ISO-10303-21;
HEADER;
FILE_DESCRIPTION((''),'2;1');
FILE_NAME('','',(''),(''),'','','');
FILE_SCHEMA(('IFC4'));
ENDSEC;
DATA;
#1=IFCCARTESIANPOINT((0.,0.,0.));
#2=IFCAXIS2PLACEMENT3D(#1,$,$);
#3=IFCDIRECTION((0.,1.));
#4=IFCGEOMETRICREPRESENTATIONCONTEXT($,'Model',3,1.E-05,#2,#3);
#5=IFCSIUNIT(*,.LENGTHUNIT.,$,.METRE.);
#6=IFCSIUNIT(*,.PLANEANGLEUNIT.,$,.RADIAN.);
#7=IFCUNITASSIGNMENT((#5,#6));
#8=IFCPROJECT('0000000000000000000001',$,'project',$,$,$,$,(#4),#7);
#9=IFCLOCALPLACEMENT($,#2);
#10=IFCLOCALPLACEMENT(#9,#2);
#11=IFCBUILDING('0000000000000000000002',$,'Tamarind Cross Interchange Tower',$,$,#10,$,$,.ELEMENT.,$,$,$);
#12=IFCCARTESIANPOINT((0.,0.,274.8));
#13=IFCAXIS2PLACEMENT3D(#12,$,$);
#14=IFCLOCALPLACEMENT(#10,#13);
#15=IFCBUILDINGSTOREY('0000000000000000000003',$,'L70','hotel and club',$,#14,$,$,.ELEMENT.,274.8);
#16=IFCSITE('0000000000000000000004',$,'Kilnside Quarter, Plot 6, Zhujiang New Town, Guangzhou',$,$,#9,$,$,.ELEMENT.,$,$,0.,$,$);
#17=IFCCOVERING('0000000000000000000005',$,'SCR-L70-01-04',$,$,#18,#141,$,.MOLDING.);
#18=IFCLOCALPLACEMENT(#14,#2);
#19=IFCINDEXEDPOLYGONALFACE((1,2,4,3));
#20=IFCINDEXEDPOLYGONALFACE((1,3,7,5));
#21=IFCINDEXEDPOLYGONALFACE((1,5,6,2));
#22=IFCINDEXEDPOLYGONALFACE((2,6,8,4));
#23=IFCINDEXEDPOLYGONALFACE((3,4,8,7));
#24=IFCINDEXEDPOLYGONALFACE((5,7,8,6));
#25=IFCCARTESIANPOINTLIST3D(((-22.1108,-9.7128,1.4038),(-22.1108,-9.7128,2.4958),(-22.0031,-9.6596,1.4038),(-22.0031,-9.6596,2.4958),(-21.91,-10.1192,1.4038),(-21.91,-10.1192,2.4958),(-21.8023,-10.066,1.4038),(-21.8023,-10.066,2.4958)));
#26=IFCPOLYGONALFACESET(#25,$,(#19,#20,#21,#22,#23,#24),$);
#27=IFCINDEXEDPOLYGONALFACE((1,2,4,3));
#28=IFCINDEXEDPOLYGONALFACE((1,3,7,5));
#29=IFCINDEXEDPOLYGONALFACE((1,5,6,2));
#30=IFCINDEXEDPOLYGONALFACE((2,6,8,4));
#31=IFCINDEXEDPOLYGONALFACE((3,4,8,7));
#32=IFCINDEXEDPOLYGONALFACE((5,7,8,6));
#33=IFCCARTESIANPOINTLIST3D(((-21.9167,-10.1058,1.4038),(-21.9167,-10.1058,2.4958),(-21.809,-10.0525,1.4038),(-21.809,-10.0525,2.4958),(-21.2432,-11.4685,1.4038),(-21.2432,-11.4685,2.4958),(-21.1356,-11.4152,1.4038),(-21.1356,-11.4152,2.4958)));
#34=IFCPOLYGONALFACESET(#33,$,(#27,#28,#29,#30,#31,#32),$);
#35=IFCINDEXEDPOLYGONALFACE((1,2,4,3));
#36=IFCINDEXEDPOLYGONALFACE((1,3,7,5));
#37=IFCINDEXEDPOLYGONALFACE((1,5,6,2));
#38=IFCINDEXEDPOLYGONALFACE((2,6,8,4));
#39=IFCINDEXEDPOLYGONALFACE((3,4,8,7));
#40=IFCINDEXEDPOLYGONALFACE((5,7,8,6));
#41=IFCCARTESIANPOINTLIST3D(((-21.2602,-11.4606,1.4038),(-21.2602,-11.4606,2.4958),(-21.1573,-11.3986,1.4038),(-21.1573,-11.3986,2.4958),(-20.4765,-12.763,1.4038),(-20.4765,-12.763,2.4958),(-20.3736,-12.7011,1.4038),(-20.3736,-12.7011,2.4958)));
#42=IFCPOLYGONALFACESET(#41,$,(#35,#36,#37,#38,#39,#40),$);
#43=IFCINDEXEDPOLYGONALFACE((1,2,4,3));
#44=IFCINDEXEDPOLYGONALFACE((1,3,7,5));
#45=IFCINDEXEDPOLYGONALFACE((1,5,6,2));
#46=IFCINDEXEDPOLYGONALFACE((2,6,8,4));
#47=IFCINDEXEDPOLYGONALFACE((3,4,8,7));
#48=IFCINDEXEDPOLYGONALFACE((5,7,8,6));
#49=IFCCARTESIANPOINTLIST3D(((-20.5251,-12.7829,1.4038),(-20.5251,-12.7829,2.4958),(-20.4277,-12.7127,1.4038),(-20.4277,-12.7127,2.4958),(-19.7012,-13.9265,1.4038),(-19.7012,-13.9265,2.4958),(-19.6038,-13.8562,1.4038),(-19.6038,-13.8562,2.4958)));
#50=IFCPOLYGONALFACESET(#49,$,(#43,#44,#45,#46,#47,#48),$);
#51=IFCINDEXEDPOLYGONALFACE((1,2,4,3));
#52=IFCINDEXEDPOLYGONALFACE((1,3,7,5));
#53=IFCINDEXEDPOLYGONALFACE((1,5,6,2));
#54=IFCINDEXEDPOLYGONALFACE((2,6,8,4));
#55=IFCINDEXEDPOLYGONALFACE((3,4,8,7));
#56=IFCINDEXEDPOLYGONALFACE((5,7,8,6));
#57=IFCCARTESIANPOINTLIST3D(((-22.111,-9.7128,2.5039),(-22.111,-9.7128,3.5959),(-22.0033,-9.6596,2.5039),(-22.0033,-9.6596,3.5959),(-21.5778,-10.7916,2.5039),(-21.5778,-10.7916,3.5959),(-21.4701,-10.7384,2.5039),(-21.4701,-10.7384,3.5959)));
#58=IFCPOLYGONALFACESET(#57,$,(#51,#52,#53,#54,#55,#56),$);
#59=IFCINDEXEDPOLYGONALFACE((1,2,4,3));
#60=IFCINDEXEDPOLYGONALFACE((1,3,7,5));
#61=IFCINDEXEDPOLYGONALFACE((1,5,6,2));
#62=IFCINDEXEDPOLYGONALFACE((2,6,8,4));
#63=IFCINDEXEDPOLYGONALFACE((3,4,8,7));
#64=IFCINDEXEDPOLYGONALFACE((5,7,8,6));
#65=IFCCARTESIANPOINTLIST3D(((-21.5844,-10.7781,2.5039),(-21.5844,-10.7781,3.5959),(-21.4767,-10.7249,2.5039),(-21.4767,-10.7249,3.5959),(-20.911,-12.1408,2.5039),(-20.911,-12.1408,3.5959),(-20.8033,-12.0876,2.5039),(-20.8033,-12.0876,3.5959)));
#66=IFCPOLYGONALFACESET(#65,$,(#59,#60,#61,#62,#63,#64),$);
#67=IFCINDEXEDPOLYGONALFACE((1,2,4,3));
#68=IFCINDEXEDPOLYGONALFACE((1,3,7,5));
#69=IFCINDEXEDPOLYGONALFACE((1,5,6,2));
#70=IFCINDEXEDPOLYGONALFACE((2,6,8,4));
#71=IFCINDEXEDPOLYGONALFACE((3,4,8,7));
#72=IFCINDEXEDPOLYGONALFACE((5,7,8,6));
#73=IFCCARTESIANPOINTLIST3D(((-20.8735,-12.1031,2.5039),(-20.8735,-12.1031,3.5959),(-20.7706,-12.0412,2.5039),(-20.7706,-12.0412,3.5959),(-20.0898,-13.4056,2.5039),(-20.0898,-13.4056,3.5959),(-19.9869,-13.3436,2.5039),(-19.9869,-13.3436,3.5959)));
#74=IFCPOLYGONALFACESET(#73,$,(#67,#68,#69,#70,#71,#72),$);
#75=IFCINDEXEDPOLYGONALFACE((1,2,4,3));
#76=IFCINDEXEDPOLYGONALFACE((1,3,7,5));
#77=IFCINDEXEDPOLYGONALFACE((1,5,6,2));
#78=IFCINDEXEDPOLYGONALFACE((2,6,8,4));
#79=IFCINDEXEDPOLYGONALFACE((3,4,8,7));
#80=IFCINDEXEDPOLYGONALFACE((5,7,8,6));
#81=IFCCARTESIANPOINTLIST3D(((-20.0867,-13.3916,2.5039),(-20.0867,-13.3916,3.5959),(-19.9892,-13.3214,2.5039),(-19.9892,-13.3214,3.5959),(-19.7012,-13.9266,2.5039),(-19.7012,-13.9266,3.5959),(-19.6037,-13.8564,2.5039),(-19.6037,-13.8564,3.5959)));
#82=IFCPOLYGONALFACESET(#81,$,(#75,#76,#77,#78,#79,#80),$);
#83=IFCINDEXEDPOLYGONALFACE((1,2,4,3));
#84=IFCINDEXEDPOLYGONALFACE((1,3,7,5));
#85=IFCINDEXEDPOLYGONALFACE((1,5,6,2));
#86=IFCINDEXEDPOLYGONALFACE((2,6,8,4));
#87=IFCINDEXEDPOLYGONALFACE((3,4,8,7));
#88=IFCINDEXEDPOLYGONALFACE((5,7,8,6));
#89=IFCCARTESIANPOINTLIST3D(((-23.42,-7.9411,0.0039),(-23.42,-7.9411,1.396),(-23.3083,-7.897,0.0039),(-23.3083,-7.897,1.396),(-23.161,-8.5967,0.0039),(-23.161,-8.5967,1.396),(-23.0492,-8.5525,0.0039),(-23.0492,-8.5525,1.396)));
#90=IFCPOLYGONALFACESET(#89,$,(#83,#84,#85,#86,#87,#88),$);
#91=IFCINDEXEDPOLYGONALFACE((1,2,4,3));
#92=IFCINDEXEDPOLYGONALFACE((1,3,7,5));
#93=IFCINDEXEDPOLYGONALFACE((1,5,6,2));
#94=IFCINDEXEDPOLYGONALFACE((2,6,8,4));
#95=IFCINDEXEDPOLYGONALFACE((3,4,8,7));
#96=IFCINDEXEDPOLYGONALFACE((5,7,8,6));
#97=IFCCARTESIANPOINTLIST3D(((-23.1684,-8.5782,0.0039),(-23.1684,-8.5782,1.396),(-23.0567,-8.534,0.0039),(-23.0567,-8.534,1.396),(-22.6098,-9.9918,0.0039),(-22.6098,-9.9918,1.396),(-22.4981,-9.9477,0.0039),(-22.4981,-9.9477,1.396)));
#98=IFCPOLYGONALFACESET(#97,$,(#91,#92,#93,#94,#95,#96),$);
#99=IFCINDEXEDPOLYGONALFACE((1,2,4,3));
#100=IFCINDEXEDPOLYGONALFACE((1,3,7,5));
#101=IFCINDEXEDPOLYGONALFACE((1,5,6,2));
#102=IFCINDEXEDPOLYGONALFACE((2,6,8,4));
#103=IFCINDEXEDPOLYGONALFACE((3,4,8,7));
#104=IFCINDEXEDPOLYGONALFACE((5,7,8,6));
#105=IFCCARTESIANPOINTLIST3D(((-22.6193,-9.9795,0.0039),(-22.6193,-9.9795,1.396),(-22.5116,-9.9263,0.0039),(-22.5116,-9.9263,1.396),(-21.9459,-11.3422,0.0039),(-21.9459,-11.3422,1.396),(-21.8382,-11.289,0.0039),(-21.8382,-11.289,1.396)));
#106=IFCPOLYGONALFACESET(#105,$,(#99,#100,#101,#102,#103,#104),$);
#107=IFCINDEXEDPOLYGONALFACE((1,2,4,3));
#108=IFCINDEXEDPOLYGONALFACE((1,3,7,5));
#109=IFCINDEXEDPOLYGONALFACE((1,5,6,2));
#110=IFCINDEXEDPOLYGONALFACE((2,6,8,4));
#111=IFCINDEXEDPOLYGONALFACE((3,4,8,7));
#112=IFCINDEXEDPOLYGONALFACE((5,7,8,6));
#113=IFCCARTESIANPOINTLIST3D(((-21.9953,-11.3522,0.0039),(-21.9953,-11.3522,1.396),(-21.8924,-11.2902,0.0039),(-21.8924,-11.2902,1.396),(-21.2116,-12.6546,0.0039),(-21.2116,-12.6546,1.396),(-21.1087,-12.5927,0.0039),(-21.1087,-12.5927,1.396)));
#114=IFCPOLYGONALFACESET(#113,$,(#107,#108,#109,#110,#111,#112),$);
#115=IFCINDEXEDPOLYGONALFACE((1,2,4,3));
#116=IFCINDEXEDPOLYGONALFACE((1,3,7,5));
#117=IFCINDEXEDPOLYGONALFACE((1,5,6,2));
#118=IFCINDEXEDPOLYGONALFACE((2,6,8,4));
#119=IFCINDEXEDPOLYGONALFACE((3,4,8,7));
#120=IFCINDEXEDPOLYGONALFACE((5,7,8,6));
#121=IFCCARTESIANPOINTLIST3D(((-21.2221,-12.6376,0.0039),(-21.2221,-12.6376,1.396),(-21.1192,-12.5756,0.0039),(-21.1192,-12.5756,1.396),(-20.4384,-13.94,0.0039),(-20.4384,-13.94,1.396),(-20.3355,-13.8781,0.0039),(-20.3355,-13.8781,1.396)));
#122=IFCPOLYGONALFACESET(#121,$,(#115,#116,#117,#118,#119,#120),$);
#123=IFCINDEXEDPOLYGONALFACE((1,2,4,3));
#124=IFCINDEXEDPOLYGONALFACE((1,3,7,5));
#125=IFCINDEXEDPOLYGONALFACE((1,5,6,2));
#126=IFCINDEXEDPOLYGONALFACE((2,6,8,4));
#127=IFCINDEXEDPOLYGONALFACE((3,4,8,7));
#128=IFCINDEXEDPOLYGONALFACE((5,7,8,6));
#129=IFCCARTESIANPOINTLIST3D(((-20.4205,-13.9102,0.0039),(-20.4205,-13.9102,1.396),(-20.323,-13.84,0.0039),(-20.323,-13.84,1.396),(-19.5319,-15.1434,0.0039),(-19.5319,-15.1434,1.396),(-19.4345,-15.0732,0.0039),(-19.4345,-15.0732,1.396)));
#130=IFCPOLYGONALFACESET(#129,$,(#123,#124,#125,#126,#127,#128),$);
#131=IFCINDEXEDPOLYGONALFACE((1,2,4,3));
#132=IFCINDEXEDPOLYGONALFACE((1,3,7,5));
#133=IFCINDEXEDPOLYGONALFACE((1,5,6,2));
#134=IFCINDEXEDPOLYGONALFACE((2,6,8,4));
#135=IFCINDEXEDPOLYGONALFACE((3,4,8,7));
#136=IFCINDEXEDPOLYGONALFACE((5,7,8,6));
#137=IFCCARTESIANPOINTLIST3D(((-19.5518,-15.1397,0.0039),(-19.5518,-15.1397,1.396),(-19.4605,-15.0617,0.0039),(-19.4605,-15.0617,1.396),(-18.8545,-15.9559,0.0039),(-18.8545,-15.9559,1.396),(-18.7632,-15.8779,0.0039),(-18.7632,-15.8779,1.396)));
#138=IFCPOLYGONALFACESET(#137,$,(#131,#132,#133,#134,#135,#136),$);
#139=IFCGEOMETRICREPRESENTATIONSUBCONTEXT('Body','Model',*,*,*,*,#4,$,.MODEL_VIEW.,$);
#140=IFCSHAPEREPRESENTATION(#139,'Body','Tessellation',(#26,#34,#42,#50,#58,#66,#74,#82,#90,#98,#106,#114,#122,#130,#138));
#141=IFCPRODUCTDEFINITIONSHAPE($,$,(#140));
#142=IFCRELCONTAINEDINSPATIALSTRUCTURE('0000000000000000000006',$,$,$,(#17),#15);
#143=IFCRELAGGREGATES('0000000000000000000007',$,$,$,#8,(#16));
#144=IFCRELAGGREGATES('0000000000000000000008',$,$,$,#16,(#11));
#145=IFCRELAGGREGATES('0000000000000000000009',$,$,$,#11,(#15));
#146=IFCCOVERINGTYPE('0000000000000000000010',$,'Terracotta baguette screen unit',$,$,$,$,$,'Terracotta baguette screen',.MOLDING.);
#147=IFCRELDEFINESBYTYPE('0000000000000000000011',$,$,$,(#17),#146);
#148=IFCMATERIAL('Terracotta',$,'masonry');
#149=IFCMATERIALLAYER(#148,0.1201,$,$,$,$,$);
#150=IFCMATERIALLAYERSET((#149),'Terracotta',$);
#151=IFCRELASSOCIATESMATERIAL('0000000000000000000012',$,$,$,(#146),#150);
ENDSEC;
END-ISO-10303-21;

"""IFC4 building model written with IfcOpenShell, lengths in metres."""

from ifc_helpers import new_model, si_unit, direction, frame, origin, origin_2d, place, context, subcontext, project, spatial, rectangle, extrude, material, layer, layer_set, type_object, element, save


model = new_model("IFC4")

# Units and contexts
model_context = context("Model", 3, precision=1e-05, world=origin(), true_north=direction((0.0, 1.0)))
body_context = subcontext(model_context, "Body", "Model", "MODEL_VIEW")
ifc_project = project(units=[si_unit("LENGTHUNIT", "METRE"), si_unit("PLANEANGLEUNIT", "RADIAN")], contexts=[model_context])

# Site, building, storey
site_placement = place(None, origin())
site = spatial("IfcSite", under=ifc_project, at=site_placement, Name="Kilnside Quarter, Plot 6, Zhujiang New Town, Guangzhou", CompositionType="ELEMENT", RefElevation=0.0)
building_placement = place(site_placement, origin())
building = spatial("IfcBuilding", under=site, at=building_placement, Name="Tamarind Cross Interchange Tower", CompositionType="ELEMENT")
storey_placement = place(building_placement, frame((0.0, 0.0, 274.8)))
storey = spatial("IfcBuildingStorey", under=building, at=storey_placement, Name="L70", Description="hotel and club", CompositionType="ELEMENT", Elevation=274.8)

# Covering
ifc_material_1 = material(Name="Terracotta", Category="masonry")
ifc_layer_1 = layer(ifc_material_1, 0.1201)
ifc_layer_set_1 = layer_set([ifc_layer_1], Name="Terracotta")
covering_type = type_object("IfcCoveringType", Name="Terracotta baguette screen unit", ElementType="Terracotta baguette screen", PredefinedType="MOLDING", material=ifc_layer_set_1)
covering_1_placement = place(storey_placement, origin())
element("IfcCovering", 1, at=covering_1_placement, inside=storey, type_object=covering_type, Name="SCR-L70-01-04", PredefinedType="MOLDING", context=body_context, shape_type="SweptSolid", body=[
    extrude(rectangle(XDim=0.4534, YDim=0.1201, at=origin_2d()), frame((-21.9565, -9.8894, 1.4038), z_axis=(0.0, 0.0, 1.0), x_axis=(0.443059, -0.896493, 0.0)), (0.0, 0.0, 1.0), 1.092),
    extrude(rectangle(XDim=1.52, YDim=0.1201, at=origin_2d()), frame((-21.5261, -10.7605, 1.4038), z_axis=(0.0, 0.0, 1.0), x_axis=(0.443059, -0.896493, 0.0)), (0.0, 0.0, 1.0), 1.092),
    extrude(rectangle(XDim=1.52, YDim=0.1201, at=origin_2d()), frame((-20.8169, -12.0808, 1.4038), z_axis=(0.0, 0.0, 1.0), x_axis=(0.515577, -0.856843, 0.0)), (0.0, 0.0, 1.0), 1.092),
    extrude(rectangle(XDim=1.4094, YDim=0.1201, at=origin_2d()), frame((-20.0645, -13.3196, 1.4038), z_axis=(0.0, 0.0, 1.0), x_axis=(0.584574, -0.81134, 0.0)), (0.0, 0.0, 1.0), 1.092),
    extrude(rectangle(XDim=1.2034, YDim=0.1201, at=origin_2d()), frame((-21.7905, -10.2256, 2.5039), z_axis=(0.0, 0.0, 1.0), x_axis=(0.443059, -0.896493, 0.0)), (0.0, 0.0, 1.0), 1.092),
    extrude(rectangle(XDim=1.52, YDim=0.1201, at=origin_2d()), frame((-21.1938, -11.4329, 2.5039), z_axis=(0.0, 0.0, 1.0), x_axis=(0.443059, -0.896493, 0.0)), (0.0, 0.0, 1.0), 1.092),
    extrude(rectangle(XDim=1.52, YDim=0.1201, at=origin_2d()), frame((-20.4302, -12.7234, 2.5039), z_axis=(0.0, 0.0, 1.0), x_axis=(0.515577, -0.856843, 0.0)), (0.0, 0.0, 1.0), 1.092),
    extrude(rectangle(XDim=0.6594, YDim=0.1201, at=origin_2d()), frame((-19.8452, -13.624, 2.5039), z_axis=(0.0, 0.0, 1.0), x_axis=(0.584574, -0.81134, 0.0)), (0.0, 0.0, 1.0), 1.092),
    extrude(rectangle(XDim=0.7048, YDim=0.1201, at=origin_2d()), frame((-23.2346, -8.2468, 0.0039), z_axis=(0.0, 0.0, 1.0), x_axis=(0.367514, -0.930018, 0.0)), (0.0, 0.0, 1.0), 1.3921),
    extrude(rectangle(XDim=1.52, YDim=0.1201, at=origin_2d()), frame((-22.8333, -9.2629, 0.0039), z_axis=(0.0, 0.0, 1.0), x_axis=(0.367514, -0.930018, 0.0)), (0.0, 0.0, 1.0), 1.3921),
    extrude(rectangle(XDim=1.52, YDim=0.1201, at=origin_2d()), frame((-22.2288, -10.6343, 0.0039), z_axis=(0.0, 0.0, 1.0), x_axis=(0.443059, -0.896493, 0.0)), (0.0, 0.0, 1.0), 1.3921),
    extrude(rectangle(XDim=1.52, YDim=0.1201, at=origin_2d()), frame((-21.552, -11.9724, 0.0039), z_axis=(0.0, 0.0, 1.0), x_axis=(0.515577, -0.856843, 0.0)), (0.0, 0.0, 1.0), 1.3921),
    extrude(rectangle(XDim=1.52, YDim=0.1201, at=origin_2d()), frame((-20.7788, -13.2578, 0.0039), z_axis=(0.0, 0.0, 1.0), x_axis=(0.515577, -0.856843, 0.0)), (0.0, 0.0, 1.0), 1.3921),
    extrude(rectangle(XDim=1.52, YDim=0.1201, at=origin_2d()), frame((-19.9275, -14.4917, 0.0039), z_axis=(0.0, 0.0, 1.0), x_axis=(0.584574, -0.81134, 0.0)), (0.0, 0.0, 1.0), 1.3921),
    extrude(rectangle(XDim=1.0735, YDim=0.1201, at=origin_2d()), frame((-19.1575, -15.5088, 0.0039), z_axis=(0.0, 0.0, 1.0), x_axis=(0.649577, -0.760296, 0.0)), (0.0, 0.0, 1.0), 1.3921),
])

save(model, "model.ifc")
